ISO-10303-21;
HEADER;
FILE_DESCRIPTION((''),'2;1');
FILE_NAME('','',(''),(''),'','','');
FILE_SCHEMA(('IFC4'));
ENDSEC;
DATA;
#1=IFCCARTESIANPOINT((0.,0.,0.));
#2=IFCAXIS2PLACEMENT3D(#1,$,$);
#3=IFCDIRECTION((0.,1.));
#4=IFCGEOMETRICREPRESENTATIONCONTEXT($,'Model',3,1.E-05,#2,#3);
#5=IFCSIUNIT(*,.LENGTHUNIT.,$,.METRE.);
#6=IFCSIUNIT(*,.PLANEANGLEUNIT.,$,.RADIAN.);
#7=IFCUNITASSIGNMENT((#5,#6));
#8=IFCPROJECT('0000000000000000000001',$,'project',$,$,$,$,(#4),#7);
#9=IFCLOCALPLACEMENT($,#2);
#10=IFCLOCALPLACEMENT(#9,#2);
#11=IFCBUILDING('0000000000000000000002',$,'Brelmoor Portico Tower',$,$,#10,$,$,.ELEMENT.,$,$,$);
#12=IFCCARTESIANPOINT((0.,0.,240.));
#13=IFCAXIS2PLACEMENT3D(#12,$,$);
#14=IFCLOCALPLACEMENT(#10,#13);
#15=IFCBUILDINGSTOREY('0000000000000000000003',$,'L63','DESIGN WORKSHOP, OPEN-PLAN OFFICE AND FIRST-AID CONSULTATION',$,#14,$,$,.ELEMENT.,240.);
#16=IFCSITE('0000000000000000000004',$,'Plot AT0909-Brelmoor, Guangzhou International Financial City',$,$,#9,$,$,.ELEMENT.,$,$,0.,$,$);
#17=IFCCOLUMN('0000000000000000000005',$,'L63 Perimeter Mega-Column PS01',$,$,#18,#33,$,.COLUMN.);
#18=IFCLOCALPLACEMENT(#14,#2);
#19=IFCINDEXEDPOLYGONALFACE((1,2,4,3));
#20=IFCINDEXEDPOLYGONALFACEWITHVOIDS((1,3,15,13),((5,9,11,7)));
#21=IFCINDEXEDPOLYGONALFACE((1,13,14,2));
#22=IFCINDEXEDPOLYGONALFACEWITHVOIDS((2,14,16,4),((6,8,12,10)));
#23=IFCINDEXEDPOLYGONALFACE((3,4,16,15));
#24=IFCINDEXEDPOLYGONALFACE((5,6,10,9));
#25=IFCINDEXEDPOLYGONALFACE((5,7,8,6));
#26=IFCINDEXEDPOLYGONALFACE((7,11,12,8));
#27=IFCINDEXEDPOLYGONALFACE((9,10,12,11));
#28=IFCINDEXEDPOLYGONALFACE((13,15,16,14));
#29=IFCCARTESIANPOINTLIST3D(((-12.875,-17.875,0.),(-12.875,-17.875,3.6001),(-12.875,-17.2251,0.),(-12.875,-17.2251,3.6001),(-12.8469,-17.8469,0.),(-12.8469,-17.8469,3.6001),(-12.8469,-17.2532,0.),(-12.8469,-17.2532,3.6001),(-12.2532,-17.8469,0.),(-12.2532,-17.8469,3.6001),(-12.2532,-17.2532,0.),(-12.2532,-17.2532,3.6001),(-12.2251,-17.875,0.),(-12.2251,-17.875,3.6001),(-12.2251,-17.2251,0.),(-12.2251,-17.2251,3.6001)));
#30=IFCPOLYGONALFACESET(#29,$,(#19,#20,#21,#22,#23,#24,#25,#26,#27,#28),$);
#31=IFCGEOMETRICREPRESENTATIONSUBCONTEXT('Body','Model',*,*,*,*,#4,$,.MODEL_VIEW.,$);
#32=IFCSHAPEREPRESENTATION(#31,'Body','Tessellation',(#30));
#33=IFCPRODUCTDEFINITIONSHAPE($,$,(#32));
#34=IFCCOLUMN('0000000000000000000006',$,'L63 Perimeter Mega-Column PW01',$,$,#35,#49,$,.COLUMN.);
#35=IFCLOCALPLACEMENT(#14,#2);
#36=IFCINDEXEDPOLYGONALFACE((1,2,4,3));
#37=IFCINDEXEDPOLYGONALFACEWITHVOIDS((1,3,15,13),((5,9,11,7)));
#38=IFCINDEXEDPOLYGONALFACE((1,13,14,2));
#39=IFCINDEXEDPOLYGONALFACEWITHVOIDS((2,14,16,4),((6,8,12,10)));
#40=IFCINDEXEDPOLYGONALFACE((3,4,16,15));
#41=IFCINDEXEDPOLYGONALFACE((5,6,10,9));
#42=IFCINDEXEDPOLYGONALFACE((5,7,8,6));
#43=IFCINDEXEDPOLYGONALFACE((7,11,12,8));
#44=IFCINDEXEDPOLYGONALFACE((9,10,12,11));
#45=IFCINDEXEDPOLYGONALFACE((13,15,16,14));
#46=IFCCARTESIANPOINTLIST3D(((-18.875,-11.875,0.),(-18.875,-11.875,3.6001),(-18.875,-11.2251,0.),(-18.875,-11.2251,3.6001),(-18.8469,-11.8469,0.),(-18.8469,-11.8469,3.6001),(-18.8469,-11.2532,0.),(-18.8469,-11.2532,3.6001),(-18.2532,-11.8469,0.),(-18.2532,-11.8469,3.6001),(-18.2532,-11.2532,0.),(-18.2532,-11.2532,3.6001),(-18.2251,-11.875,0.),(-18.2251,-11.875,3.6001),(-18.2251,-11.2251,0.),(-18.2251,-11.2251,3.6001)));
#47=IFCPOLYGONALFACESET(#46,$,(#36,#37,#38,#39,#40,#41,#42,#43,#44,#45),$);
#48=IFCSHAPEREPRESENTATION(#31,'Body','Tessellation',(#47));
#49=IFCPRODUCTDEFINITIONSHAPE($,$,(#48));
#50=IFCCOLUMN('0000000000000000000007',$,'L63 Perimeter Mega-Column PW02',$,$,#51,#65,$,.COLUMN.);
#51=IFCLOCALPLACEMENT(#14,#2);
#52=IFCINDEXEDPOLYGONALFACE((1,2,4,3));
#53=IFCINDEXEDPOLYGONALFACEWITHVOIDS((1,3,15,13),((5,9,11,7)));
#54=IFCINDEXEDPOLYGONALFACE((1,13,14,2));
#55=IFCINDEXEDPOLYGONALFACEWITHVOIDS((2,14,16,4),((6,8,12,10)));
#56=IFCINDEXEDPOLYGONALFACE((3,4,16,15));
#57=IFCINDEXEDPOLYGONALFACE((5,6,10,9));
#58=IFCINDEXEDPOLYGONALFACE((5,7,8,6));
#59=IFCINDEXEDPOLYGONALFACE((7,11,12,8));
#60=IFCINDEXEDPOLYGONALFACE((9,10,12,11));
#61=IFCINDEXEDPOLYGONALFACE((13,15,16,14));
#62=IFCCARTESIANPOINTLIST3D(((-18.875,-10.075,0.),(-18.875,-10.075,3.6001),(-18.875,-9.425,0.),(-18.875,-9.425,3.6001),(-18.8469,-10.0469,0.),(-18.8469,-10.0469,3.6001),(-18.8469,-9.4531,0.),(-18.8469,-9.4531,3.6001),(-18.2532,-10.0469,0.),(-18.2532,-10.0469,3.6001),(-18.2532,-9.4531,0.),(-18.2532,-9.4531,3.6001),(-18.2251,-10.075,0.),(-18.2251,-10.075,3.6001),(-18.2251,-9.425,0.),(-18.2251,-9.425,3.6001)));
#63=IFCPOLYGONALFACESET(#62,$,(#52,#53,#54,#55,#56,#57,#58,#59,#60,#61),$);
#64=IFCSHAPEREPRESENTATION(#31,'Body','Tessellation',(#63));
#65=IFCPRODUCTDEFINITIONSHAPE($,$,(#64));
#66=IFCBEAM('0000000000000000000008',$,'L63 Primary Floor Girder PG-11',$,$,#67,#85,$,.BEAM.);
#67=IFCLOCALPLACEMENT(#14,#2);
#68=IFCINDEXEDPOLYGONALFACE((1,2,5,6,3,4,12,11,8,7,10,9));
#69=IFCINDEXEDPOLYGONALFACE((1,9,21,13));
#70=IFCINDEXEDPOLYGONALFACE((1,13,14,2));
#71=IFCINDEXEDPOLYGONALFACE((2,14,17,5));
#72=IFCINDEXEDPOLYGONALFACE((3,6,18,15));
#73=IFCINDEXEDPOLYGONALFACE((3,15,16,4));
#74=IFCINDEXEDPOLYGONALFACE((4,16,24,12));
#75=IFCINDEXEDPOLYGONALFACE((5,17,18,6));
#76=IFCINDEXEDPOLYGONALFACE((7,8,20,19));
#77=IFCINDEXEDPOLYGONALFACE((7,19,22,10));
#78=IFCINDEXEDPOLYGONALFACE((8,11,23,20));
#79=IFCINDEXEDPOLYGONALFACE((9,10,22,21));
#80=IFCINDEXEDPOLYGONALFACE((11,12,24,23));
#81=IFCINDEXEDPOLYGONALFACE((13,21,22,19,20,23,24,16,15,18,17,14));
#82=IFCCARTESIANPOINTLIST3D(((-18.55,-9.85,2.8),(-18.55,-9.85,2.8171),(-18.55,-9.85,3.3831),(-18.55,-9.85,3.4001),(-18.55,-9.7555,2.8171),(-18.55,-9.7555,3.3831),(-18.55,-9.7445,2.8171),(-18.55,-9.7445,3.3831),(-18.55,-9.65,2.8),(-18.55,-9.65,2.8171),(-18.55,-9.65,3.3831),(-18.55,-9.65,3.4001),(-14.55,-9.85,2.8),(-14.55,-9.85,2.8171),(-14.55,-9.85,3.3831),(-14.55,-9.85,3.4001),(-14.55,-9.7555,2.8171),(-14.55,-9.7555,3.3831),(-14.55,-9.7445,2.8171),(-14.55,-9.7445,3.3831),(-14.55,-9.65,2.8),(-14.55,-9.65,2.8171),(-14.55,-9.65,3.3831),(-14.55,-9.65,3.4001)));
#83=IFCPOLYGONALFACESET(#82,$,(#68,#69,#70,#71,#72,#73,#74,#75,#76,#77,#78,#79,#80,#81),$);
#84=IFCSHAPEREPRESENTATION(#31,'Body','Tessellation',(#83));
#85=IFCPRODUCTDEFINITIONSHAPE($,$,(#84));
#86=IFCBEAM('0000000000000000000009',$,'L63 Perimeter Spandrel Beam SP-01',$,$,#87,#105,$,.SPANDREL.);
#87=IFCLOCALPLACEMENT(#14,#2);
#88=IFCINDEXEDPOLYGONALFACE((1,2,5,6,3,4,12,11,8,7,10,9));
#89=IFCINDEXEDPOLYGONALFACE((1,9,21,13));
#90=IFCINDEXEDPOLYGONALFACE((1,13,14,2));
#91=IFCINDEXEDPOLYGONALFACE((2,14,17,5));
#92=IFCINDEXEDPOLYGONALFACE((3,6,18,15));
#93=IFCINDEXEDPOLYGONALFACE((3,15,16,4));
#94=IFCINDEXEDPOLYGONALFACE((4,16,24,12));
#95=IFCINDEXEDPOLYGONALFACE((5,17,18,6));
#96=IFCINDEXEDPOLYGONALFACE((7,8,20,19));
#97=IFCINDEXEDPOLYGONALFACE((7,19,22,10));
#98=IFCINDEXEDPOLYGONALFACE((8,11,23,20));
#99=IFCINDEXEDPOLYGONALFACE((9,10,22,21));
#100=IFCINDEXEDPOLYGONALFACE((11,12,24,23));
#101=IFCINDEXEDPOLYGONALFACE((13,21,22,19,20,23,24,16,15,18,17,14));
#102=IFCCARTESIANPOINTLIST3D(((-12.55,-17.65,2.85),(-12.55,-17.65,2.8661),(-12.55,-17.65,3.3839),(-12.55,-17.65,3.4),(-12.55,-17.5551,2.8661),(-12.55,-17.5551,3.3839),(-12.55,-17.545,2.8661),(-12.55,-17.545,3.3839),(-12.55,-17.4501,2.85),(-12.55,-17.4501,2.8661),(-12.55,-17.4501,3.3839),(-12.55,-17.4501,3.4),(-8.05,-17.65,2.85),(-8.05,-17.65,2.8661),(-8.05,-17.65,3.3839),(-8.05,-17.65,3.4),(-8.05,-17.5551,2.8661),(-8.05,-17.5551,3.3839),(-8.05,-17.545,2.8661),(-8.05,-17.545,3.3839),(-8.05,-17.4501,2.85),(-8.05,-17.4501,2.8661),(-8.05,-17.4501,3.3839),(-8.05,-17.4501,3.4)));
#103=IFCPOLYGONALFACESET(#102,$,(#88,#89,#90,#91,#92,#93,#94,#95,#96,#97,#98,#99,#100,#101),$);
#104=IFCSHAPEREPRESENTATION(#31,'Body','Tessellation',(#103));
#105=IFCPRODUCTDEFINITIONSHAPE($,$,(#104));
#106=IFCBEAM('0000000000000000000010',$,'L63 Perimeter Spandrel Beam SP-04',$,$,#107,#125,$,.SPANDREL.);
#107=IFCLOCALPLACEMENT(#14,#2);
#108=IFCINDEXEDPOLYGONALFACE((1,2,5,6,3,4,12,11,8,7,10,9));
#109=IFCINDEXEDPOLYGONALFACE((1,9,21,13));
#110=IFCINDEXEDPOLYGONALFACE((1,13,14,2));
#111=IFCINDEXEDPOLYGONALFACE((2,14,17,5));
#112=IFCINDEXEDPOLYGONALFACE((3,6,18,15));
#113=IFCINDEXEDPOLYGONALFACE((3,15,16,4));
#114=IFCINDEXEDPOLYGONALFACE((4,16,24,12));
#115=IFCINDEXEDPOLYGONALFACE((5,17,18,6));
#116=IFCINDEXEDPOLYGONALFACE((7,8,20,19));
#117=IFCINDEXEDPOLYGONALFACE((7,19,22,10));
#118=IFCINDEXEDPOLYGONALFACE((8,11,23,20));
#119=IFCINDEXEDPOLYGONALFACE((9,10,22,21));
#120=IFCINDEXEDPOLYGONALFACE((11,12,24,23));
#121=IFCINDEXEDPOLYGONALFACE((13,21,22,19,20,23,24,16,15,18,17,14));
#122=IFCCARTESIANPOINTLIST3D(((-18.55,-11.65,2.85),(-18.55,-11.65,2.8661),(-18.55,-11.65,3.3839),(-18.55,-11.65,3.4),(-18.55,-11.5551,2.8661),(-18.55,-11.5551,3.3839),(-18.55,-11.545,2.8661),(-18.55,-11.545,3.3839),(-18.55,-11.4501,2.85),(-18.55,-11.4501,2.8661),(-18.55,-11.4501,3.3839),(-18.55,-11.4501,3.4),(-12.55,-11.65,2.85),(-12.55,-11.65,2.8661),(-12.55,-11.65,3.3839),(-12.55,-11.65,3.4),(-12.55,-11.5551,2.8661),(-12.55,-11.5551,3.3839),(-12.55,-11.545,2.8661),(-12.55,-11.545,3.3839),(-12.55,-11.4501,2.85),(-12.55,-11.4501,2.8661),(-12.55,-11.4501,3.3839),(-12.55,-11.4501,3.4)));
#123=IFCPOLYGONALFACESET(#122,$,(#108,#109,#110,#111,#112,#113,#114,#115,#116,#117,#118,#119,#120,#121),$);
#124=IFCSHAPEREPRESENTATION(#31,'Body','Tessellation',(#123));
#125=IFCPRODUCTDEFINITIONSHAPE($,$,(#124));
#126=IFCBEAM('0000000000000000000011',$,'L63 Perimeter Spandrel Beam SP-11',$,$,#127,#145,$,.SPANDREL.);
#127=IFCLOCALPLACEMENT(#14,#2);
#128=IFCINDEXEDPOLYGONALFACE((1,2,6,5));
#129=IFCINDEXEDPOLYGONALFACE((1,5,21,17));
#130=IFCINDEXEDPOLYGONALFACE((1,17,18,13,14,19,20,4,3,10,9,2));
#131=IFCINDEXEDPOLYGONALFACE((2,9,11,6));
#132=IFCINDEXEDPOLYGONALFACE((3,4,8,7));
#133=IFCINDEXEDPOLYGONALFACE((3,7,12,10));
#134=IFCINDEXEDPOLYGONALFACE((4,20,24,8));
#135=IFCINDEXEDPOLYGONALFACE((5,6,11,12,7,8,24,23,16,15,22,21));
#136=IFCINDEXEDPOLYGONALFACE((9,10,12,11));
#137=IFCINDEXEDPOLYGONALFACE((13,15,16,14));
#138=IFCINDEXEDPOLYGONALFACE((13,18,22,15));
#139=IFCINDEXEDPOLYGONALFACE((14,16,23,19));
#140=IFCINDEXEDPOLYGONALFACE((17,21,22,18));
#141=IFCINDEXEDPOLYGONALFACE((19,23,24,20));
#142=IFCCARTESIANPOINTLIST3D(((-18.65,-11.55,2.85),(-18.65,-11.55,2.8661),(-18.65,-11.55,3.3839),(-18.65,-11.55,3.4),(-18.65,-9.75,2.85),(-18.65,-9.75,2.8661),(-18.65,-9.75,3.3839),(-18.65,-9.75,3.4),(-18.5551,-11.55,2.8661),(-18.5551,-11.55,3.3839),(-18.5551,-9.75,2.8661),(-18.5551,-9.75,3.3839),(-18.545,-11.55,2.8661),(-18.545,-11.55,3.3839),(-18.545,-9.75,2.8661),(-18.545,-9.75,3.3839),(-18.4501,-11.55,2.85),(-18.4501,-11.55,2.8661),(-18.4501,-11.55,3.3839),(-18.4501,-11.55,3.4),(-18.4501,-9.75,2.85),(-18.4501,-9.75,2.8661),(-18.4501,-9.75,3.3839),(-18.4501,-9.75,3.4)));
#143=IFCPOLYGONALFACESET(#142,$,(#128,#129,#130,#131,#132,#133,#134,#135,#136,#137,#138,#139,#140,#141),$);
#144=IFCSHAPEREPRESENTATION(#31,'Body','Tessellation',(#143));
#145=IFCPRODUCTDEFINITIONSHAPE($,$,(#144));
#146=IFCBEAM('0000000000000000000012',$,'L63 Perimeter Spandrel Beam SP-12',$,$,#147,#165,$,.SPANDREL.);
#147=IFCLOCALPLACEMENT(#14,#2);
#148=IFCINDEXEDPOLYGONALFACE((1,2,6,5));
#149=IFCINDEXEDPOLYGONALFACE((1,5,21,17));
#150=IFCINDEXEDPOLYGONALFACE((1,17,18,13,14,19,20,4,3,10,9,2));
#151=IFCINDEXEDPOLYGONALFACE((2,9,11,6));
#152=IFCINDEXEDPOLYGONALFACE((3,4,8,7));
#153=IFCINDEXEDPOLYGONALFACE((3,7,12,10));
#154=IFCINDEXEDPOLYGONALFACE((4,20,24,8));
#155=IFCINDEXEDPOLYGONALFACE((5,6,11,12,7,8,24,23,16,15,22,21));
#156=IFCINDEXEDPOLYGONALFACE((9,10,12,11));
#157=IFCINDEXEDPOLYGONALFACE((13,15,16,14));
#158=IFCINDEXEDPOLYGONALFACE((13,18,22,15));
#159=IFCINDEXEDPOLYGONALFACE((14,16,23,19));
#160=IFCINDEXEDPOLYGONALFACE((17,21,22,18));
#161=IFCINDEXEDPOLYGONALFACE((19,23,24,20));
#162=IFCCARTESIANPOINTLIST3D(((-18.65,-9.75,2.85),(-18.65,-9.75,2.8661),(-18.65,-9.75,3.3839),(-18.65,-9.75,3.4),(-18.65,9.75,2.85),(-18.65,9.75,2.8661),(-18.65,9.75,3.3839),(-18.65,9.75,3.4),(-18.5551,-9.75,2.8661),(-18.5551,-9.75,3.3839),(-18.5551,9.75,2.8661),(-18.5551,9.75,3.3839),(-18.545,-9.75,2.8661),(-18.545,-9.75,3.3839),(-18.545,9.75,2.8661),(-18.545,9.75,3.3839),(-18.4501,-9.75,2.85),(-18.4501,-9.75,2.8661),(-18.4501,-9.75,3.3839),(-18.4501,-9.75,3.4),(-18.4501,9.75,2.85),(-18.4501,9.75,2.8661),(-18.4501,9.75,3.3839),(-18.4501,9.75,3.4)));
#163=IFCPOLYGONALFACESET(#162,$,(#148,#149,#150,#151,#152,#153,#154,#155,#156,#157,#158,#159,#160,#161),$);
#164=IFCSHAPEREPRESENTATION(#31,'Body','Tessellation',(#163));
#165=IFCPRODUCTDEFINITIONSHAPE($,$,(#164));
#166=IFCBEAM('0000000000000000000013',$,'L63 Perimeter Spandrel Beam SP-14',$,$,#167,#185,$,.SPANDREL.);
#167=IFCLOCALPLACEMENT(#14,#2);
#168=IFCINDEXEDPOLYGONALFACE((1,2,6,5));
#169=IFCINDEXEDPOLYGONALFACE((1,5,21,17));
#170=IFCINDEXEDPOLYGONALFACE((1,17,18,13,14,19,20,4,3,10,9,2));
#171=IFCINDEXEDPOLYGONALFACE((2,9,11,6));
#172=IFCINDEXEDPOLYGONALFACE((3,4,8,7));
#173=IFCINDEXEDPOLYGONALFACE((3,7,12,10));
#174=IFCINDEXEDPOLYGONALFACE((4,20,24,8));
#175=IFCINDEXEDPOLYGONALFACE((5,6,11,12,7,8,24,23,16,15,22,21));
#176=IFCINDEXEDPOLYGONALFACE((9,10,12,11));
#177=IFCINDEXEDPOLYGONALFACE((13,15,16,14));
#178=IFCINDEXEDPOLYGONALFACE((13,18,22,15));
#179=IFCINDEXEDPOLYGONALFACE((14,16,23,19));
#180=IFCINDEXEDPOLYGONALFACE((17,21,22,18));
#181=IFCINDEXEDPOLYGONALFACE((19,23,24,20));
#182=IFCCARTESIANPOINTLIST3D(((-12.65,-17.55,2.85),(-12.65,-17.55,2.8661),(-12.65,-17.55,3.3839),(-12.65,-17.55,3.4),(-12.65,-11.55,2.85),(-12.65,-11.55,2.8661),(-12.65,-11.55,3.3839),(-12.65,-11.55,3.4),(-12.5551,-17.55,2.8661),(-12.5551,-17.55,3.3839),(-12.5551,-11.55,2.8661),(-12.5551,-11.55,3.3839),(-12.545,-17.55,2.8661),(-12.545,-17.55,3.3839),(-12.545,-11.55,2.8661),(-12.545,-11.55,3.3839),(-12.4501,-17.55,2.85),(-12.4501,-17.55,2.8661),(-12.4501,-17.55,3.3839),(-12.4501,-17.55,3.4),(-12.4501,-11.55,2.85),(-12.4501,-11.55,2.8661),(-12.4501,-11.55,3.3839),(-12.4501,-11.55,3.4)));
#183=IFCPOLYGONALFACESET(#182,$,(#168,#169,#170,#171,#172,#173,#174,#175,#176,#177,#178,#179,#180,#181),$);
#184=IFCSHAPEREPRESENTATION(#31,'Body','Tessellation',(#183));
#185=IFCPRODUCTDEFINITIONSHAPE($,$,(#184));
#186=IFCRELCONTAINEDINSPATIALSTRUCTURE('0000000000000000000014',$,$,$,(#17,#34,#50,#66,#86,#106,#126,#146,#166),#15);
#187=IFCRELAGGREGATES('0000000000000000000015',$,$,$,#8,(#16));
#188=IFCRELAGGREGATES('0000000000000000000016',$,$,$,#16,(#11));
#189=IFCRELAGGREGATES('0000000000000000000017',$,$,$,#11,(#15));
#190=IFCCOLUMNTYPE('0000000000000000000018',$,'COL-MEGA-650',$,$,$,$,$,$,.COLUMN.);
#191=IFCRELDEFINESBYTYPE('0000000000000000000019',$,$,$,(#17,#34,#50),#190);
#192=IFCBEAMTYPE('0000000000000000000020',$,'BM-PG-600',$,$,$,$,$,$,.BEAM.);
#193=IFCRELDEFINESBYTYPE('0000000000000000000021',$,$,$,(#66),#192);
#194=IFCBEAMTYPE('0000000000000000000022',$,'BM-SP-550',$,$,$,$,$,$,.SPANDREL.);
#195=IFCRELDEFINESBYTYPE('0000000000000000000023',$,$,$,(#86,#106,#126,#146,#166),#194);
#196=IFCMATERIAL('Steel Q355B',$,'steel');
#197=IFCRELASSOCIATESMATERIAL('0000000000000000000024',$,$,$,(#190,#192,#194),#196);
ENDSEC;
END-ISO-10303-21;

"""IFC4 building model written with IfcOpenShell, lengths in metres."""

from ifc_helpers import new_model, si_unit, direction, frame, origin, origin_2d, place, context, subcontext, project, spatial, hollow_rectangle, i_section, extrude, material, material_profile, profile_set, type_object, element, save


model = new_model("IFC4")

# Units and contexts
model_context = context("Model", 3, precision=1e-05, world=origin(), true_north=direction((0.0, 1.0)))
body_context = subcontext(model_context, "Body", "Model", "MODEL_VIEW")
ifc_project = project(units=[si_unit("LENGTHUNIT", "METRE"), si_unit("PLANEANGLEUNIT", "RADIAN")], contexts=[model_context])

# Site, building, storey
site_placement = place(None, origin())
site = spatial("IfcSite", under=ifc_project, at=site_placement, Name="Plot AT0909-Brelmoor, Guangzhou International Financial City", CompositionType="ELEMENT", RefElevation=0.0)
building_placement = place(site_placement, origin())
building = spatial("IfcBuilding", under=site, at=building_placement, Name="Brelmoor Portico Tower", CompositionType="ELEMENT")
storey_placement = place(building_placement, frame((0.0, 0.0, 240.0)))
storey = spatial("IfcBuildingStorey", under=building, at=storey_placement, Name="L63", Description="DESIGN WORKSHOP, OPEN-PLAN OFFICE AND FIRST-AID CONSULTATION", CompositionType="ELEMENT", Elevation=240.0)

# Columns
ifc_material_1 = material(Name="Steel Q355B", Category="steel")
ifc_material_profile_1 = material_profile(ifc_material_1, hollow_rectangle(XDim=0.6499, YDim=0.6499, WallThickness=0.0281, at=origin_2d()), Name="BOX 650x650x28")
ifc_profile_set_1 = profile_set([ifc_material_profile_1], Name="Steel Q355B")
column_type = type_object("IfcColumnType", Name="COL-MEGA-650", PredefinedType="COLUMN", material=ifc_profile_set_1)
for number, where, z_axis, x_axis, name in (
    (1, (-12.55, -17.55, 0.0), (0.0, 0.0, 1.0), (1.0, 0.0, 0.0), "L63 Perimeter Mega-Column PS01"),
    (2, (-18.55, -11.55, 0.0), (0.0, 0.0, 1.0), (0.0, 1.0, 0.0), "L63 Perimeter Mega-Column PW01"),
    (3, (-18.55, -9.75, 0.0), (0.0, 0.0, 1.0), (0.0, 1.0, 0.0), "L63 Perimeter Mega-Column PW02"),
):
    element("IfcColumn", number, at=place(storey_placement, frame(where, z_axis=z_axis, x_axis=x_axis)), inside=storey, type_object=column_type, Name=name, PredefinedType="COLUMN", context=body_context, shape_type="SweptSolid", body=[
        extrude(hollow_rectangle(XDim=0.6499, YDim=0.6499, WallThickness=0.0281, at=origin_2d()), origin(), (0.0, 0.0, 1.0), 3.6001),
    ])

# Beams
ifc_material_profile_2 = material_profile(ifc_material_1, i_section(OverallWidth=0.2, OverallDepth=0.6001, WebThickness=0.011, FlangeThickness=0.0171, at=origin_2d()), Name="HN 600x200x11x17")
ifc_profile_set_2 = profile_set([ifc_material_profile_2], Name="Steel Q355B")
beam_type_1 = type_object("IfcBeamType", Name="BM-PG-600", PredefinedType="BEAM", material=ifc_profile_set_2)
beam_1_placement = place(storey_placement, frame((-18.55, -9.75, 3.1001), z_axis=(1.0, 0.0, 0.0), x_axis=(0.0, 1.0, 0.0)))
element("IfcBeam", 4, at=beam_1_placement, inside=storey, type_object=beam_type_1, Name="L63 Primary Floor Girder PG-11", PredefinedType="BEAM", context=body_context, shape_type="SweptSolid", body=[
    extrude(i_section(OverallWidth=0.2, OverallDepth=0.6001, WebThickness=0.011, FlangeThickness=0.0171, at=origin_2d()), origin(), (0.0, 0.0, 1.0), 4.0),
])
ifc_material_profile_3 = material_profile(ifc_material_1, i_section(OverallWidth=0.2, OverallDepth=0.55, WebThickness=0.01, FlangeThickness=0.0161, at=origin_2d()), Name="HN 550x200x10x16")
ifc_profile_set_3 = profile_set([ifc_material_profile_3], Name="Steel Q355B")
beam_type_2 = type_object("IfcBeamType", Name="BM-SP-550", PredefinedType="SPANDREL", material=ifc_profile_set_3)
beam_2_placement = place(storey_placement, frame((-12.55, -17.55, 3.125), z_axis=(1.0, 0.0, 0.0), x_axis=(0.0, 1.0, 0.0)))
element("IfcBeam", 5, at=beam_2_placement, inside=storey, type_object=beam_type_2, Name="L63 Perimeter Spandrel Beam SP-01", PredefinedType="SPANDREL", context=body_context, shape_type="SweptSolid", body=[
    extrude(i_section(OverallWidth=0.2, OverallDepth=0.55, WebThickness=0.01, FlangeThickness=0.0161, at=origin_2d()), origin(), (0.0, 0.0, 1.0), 4.5),
])
beam_3_placement = place(storey_placement, frame((-18.55, -11.55, 3.125), z_axis=(1.0, 0.0, 0.0), x_axis=(0.0, 1.0, 0.0)))
element("IfcBeam", 6, at=beam_3_placement, inside=storey, type_object=beam_type_2, Name="L63 Perimeter Spandrel Beam SP-04", PredefinedType="SPANDREL", context=body_context, shape_type="SweptSolid", body=[
    extrude(i_section(OverallWidth=0.2, OverallDepth=0.55, WebThickness=0.01, FlangeThickness=0.0161, at=origin_2d()), origin(), (0.0, 0.0, 1.0), 6.0),
])
beam_4_placement = place(storey_placement, frame((-18.55, -11.55, 3.125), z_axis=(0.0, 1.0, 0.0), x_axis=(-1.0, 0.0, 0.0)))
element("IfcBeam", 7, at=beam_4_placement, inside=storey, type_object=beam_type_2, Name="L63 Perimeter Spandrel Beam SP-11", PredefinedType="SPANDREL", context=body_context, shape_type="SweptSolid", body=[
    extrude(i_section(OverallWidth=0.2, OverallDepth=0.55, WebThickness=0.01, FlangeThickness=0.0161, at=origin_2d()), origin(), (0.0, 0.0, 1.0), 1.8),
])
beam_5_placement = place(storey_placement, frame((-18.55, -9.75, 3.125), z_axis=(0.0, 1.0, 0.0), x_axis=(-1.0, 0.0, 0.0)))
element("IfcBeam", 8, at=beam_5_placement, inside=storey, type_object=beam_type_2, Name="L63 Perimeter Spandrel Beam SP-12", PredefinedType="SPANDREL", context=body_context, shape_type="SweptSolid", body=[
    extrude(i_section(OverallWidth=0.2, OverallDepth=0.55, WebThickness=0.01, FlangeThickness=0.0161, at=origin_2d()), origin(), (0.0, 0.0, 1.0), 19.5),
])
beam_6_placement = place(storey_placement, frame((-12.55, -17.55, 3.125), z_axis=(0.0, 1.0, 0.0), x_axis=(-1.0, 0.0, 0.0)))
element("IfcBeam", 9, at=beam_6_placement, inside=storey, type_object=beam_type_2, Name="L63 Perimeter Spandrel Beam SP-14", PredefinedType="SPANDREL", context=body_context, shape_type="SweptSolid", body=[
    extrude(i_section(OverallWidth=0.2, OverallDepth=0.55, WebThickness=0.01, FlangeThickness=0.0161, at=origin_2d()), origin(), (0.0, 0.0, 1.0), 6.0),
])

save(model, "model.ifc")
